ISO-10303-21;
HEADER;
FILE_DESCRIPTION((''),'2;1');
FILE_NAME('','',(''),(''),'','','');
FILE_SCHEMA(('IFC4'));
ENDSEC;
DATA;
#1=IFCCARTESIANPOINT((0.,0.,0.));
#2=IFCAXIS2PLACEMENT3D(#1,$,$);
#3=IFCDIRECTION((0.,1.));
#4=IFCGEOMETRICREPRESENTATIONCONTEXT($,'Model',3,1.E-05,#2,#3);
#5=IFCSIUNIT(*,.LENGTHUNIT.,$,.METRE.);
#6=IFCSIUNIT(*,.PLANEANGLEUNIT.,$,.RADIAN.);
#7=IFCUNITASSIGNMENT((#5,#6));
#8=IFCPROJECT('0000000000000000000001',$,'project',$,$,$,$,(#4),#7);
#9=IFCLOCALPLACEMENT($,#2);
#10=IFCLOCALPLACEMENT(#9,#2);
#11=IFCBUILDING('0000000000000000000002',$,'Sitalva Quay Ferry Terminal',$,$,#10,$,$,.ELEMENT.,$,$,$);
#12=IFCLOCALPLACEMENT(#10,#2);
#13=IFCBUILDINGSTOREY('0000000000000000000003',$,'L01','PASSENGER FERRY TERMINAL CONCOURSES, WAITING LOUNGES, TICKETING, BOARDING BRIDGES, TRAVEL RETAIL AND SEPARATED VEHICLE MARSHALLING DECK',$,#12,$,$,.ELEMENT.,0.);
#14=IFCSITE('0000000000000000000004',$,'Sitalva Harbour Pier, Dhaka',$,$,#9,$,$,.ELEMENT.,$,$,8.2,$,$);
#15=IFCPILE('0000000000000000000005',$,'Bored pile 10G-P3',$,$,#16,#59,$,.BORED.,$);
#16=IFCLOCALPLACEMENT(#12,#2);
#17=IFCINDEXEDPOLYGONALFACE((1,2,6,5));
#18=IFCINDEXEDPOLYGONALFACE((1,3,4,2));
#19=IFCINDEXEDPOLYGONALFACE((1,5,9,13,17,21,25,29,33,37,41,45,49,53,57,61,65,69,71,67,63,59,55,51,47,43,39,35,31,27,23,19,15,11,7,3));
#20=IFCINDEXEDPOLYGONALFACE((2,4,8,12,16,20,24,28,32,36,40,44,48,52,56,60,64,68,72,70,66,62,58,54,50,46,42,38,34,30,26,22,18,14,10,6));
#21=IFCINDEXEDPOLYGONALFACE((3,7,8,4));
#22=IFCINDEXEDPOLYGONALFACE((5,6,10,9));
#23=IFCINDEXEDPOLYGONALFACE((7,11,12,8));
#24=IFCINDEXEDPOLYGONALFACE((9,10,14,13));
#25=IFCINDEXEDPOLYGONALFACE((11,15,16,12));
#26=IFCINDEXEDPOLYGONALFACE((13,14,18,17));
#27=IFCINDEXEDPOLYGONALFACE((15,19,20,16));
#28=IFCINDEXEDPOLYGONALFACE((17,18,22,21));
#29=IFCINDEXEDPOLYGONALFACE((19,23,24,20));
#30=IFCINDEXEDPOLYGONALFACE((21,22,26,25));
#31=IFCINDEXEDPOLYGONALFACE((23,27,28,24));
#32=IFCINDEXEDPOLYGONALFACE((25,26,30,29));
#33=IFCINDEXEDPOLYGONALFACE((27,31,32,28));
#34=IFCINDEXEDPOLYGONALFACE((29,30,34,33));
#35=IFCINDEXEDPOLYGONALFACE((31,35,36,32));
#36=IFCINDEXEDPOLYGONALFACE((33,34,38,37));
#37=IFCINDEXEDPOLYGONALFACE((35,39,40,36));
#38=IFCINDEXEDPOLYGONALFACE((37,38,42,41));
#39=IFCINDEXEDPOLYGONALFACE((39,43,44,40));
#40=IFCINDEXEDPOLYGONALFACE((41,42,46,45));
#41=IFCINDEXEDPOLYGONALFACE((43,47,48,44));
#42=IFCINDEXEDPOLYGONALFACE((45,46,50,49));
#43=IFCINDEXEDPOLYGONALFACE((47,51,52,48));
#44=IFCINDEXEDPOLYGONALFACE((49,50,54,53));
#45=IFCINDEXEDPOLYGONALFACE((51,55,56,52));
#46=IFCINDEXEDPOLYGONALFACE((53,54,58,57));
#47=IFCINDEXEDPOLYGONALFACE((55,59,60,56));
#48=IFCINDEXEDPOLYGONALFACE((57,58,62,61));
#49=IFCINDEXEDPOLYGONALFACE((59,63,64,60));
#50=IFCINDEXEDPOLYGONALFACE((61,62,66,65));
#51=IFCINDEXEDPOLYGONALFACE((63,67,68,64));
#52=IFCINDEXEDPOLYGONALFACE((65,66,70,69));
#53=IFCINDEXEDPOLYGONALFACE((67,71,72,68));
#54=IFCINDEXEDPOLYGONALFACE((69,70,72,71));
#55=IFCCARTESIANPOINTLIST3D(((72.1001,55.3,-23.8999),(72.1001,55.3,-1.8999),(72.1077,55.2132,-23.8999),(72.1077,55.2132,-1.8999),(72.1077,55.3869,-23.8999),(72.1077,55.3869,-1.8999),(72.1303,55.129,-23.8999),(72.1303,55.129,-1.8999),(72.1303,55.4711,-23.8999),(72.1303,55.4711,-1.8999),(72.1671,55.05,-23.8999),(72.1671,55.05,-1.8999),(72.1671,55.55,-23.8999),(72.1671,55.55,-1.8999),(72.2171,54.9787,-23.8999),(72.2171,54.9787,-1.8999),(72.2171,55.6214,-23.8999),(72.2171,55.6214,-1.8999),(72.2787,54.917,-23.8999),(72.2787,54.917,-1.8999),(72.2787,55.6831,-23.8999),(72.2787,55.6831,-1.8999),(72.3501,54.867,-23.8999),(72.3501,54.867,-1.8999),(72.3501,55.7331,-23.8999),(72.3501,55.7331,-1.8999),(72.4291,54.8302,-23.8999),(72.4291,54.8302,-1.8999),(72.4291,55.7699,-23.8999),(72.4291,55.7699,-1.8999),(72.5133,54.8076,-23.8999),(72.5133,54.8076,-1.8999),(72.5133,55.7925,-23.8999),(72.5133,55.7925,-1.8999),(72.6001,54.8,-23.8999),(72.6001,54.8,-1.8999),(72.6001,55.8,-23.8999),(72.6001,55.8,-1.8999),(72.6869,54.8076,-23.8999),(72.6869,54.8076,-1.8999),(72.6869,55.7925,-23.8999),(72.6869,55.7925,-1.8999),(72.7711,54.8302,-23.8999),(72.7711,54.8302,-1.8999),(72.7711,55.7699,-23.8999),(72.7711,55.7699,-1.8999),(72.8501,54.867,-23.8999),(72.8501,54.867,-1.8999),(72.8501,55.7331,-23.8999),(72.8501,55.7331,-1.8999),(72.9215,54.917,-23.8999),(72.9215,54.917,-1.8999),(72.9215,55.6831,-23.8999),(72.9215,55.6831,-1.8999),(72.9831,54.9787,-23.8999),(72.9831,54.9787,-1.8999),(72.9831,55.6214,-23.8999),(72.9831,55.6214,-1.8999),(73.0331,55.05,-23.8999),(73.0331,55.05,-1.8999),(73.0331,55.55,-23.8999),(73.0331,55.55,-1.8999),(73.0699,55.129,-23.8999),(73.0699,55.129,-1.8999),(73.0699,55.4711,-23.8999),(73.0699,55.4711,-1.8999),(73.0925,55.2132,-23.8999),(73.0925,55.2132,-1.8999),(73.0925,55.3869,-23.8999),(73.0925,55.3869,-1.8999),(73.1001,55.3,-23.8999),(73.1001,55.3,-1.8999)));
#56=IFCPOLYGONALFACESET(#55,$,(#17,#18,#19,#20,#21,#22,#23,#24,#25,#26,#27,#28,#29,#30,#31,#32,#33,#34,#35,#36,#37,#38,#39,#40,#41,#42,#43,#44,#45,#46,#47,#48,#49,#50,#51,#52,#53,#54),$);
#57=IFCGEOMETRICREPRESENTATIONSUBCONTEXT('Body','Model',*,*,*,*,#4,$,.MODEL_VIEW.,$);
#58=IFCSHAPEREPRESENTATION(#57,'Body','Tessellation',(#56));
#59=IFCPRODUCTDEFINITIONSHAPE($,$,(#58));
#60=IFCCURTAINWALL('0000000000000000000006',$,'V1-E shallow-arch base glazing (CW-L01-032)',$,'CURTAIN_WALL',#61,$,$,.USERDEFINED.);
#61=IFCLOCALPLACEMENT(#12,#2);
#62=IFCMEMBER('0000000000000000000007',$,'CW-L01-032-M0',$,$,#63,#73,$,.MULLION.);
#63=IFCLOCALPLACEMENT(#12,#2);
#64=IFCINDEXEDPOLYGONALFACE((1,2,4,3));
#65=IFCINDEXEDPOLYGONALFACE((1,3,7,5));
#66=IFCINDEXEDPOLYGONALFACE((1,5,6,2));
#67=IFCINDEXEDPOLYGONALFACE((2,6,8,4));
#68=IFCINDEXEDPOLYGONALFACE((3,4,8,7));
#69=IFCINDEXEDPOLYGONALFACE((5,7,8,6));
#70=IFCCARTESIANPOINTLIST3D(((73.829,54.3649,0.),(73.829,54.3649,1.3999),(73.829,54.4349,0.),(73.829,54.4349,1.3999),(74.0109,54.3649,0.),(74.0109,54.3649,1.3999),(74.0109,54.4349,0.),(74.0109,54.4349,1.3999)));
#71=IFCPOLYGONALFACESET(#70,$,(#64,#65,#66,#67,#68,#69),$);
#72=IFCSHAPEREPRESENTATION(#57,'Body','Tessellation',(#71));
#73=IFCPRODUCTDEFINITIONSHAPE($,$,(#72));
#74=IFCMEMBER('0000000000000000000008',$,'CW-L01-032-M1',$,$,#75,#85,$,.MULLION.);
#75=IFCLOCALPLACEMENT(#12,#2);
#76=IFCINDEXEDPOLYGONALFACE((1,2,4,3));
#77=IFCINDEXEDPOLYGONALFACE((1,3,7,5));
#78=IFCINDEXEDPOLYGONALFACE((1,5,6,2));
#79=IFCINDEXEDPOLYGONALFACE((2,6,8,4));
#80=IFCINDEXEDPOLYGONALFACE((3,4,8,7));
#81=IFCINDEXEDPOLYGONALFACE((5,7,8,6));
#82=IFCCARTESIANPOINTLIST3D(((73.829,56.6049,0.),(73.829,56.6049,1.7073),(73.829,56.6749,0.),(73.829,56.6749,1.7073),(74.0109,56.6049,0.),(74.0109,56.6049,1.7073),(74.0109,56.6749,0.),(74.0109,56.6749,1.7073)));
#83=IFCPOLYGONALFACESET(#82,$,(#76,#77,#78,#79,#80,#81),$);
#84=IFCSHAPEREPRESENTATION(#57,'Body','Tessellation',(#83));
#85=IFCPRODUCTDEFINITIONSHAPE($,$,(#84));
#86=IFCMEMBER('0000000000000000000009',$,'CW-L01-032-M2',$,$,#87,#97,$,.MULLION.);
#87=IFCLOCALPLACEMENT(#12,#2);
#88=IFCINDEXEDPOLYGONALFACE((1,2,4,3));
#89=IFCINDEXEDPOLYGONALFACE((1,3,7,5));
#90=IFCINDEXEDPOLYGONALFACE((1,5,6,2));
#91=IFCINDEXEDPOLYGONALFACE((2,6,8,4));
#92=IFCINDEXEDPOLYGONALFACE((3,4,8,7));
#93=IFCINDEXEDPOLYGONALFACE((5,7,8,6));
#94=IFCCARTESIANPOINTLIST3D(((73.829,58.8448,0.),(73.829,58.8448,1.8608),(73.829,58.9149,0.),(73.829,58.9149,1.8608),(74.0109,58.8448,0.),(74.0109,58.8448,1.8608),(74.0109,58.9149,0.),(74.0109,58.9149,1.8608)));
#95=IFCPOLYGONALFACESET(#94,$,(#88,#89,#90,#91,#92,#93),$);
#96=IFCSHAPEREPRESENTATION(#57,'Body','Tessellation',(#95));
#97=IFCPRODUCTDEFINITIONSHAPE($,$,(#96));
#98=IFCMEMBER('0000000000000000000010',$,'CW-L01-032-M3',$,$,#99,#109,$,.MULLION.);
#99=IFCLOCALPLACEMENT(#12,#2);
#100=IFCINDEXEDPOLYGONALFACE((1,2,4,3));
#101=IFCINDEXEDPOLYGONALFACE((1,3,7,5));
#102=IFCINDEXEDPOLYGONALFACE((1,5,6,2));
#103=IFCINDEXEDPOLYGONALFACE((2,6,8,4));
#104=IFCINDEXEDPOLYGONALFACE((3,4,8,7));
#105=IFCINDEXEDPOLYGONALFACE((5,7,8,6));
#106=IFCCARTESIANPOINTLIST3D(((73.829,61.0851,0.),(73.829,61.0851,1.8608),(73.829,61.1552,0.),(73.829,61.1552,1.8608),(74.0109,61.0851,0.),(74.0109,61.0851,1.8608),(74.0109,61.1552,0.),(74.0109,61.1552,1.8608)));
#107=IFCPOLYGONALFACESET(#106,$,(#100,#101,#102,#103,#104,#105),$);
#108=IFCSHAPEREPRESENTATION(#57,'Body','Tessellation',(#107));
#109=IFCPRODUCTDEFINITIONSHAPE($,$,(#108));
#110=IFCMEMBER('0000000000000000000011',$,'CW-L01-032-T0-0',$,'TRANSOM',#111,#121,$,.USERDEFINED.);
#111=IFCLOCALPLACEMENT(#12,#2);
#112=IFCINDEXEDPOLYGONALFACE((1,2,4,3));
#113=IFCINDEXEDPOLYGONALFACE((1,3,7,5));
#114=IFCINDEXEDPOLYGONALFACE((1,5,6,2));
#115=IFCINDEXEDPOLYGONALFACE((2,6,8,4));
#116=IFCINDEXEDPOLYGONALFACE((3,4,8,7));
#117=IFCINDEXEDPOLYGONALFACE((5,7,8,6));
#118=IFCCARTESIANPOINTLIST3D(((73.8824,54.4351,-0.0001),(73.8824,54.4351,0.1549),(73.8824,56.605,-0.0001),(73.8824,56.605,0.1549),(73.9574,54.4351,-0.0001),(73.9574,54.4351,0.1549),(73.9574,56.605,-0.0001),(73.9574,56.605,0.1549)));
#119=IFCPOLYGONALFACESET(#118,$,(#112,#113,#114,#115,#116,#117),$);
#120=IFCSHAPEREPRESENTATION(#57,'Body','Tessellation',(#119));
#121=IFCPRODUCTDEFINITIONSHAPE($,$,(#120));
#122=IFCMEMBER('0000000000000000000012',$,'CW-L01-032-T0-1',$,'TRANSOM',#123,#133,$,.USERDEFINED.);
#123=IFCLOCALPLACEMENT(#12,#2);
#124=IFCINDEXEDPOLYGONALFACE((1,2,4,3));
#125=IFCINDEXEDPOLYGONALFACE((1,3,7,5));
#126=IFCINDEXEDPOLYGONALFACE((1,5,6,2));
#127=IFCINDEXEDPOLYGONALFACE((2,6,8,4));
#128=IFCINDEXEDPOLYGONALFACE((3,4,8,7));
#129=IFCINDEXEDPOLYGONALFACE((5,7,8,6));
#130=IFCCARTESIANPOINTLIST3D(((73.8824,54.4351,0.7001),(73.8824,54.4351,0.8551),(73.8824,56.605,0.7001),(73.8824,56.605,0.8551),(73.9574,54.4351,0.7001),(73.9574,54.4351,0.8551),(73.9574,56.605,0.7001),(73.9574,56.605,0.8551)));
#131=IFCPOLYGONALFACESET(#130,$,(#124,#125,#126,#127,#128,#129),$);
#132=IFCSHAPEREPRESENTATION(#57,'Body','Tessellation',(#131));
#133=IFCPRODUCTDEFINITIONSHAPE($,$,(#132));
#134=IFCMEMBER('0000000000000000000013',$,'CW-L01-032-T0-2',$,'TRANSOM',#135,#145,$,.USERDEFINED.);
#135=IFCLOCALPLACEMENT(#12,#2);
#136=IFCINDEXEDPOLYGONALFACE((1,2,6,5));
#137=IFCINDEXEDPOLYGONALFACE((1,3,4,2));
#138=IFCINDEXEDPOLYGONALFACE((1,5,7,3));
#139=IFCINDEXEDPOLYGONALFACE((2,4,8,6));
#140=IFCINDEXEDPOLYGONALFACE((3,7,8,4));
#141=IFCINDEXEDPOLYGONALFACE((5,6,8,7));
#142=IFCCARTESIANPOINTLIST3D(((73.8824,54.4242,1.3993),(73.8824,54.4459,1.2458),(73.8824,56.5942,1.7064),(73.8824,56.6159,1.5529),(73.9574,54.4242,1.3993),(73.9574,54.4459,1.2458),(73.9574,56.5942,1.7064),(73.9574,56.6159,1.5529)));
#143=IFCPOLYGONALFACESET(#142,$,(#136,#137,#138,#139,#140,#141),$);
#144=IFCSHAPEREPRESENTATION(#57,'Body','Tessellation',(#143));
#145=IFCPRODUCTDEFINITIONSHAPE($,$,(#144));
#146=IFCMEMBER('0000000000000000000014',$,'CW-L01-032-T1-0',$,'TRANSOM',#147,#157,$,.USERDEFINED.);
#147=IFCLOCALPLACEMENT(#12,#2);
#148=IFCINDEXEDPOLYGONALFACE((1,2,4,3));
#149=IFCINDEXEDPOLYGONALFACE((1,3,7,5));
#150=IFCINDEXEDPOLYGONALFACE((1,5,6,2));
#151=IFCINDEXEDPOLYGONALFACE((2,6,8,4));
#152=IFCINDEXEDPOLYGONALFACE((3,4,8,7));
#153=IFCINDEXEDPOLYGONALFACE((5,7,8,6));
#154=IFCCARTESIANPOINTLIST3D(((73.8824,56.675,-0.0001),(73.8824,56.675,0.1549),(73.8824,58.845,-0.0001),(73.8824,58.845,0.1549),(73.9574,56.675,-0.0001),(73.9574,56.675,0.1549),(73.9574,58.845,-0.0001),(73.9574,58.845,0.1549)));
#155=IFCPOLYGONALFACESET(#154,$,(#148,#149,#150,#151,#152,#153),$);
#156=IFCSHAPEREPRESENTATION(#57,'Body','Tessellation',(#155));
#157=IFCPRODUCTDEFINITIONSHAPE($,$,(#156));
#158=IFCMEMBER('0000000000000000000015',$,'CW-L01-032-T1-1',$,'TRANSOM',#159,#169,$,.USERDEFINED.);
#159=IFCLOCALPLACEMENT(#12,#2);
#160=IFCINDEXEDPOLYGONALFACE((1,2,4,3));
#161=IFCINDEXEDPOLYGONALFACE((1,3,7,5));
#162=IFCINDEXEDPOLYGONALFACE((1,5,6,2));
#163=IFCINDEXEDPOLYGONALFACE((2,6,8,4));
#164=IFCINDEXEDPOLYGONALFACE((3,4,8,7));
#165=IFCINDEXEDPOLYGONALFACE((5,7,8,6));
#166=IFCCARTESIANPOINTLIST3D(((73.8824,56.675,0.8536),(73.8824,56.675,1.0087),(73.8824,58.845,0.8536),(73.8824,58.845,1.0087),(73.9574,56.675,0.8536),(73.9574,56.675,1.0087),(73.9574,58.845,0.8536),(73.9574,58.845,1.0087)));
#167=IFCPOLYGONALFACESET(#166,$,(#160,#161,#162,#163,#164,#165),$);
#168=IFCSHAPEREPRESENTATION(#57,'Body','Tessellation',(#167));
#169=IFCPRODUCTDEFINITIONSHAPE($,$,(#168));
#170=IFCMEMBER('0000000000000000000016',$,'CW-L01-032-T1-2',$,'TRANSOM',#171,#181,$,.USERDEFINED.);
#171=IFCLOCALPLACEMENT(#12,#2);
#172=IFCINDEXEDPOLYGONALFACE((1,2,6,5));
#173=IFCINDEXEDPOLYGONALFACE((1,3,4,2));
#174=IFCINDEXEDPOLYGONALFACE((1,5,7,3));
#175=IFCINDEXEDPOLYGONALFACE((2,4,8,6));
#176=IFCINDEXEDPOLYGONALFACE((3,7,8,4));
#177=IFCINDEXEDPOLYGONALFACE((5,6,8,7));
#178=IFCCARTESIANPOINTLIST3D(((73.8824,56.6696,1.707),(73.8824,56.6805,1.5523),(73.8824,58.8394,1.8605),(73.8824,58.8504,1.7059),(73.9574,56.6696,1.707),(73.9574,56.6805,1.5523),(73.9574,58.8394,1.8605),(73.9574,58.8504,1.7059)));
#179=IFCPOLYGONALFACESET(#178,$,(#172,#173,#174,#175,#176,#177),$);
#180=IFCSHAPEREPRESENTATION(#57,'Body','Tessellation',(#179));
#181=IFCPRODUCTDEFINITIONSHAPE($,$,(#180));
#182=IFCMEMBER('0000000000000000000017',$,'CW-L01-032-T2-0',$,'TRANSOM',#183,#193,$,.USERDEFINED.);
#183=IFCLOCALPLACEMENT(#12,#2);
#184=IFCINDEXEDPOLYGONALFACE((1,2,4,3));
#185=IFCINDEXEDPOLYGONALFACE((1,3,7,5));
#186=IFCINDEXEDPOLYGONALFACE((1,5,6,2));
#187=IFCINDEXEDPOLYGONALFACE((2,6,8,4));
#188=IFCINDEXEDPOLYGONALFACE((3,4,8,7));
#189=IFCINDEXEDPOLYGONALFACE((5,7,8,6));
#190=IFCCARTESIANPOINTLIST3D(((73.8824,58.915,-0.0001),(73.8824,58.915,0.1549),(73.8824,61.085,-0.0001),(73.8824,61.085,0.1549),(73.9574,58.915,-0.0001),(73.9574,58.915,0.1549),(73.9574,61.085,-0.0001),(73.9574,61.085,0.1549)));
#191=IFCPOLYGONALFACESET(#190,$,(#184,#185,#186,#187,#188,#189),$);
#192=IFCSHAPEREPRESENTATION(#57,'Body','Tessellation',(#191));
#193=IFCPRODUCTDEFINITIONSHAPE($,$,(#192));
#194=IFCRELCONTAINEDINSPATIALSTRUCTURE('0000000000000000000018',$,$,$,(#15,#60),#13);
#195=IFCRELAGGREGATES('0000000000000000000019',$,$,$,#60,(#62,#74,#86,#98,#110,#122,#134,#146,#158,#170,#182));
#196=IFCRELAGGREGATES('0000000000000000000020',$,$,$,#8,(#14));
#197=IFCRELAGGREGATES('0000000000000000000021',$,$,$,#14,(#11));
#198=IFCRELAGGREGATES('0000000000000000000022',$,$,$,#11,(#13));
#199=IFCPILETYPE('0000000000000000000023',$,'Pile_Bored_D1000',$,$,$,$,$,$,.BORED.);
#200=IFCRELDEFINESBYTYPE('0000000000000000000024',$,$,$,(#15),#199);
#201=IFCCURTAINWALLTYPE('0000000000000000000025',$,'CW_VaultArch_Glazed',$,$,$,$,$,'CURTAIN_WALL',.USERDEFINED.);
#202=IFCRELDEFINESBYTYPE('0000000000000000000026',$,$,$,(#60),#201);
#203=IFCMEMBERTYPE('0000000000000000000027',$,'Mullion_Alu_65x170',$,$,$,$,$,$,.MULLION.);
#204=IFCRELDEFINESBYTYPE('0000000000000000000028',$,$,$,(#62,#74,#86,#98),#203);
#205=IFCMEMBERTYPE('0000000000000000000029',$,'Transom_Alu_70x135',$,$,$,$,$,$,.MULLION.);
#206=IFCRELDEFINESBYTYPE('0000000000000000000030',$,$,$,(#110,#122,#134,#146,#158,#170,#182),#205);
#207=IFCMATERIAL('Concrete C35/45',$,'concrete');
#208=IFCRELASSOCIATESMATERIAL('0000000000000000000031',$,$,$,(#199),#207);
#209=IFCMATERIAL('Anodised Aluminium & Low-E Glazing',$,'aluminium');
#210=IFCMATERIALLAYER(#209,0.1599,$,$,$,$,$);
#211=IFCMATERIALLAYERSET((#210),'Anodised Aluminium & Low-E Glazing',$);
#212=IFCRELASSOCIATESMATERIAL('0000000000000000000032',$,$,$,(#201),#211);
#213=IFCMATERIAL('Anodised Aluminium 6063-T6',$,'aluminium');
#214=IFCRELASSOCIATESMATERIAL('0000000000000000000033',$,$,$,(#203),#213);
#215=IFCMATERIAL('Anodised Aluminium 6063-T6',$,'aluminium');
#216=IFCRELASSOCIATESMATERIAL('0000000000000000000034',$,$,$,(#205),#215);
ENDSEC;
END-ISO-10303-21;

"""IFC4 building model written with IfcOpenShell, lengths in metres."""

from ifc_helpers import new_model, si_unit, direction, frame, origin, origin_2d, place, context, subcontext, project, spatial, rectangle, circle, extrude, material, layer, layer_set, material_profile, profile_set, type_object, element, aggregate, save


model = new_model("IFC4")

# Units and contexts
model_context = context("Model", 3, precision=1e-05, world=origin(), true_north=direction((0.0, 1.0)))
body_context = subcontext(model_context, "Body", "Model", "MODEL_VIEW")
ifc_project = project(units=[si_unit("LENGTHUNIT", "METRE"), si_unit("PLANEANGLEUNIT", "RADIAN")], contexts=[model_context])

# Site, building, storey
site_placement = place(None, origin())
site = spatial("IfcSite", under=ifc_project, at=site_placement, Name="Sitalva Harbour Pier, Dhaka", CompositionType="ELEMENT", RefElevation=8.2)
building_placement = place(site_placement, origin())
building = spatial("IfcBuilding", under=site, at=building_placement, Name="Sitalva Quay Ferry Terminal", CompositionType="ELEMENT")
storey_placement = place(building_placement, origin())
storey = spatial("IfcBuildingStorey", under=building, at=storey_placement, Name="L01", Description="PASSENGER FERRY TERMINAL CONCOURSES, WAITING LOUNGES, TICKETING, BOARDING BRIDGES, TRAVEL RETAIL AND SEPARATED VEHICLE MARSHALLING DECK", CompositionType="ELEMENT", Elevation=0.0)

# Pile
ifc_material_1 = material(Name="Concrete C35/45", Category="concrete")
ifc_material_profile_1 = material_profile(ifc_material_1, circle(Radius=0.5, at=origin_2d()), Name="PILE-D1000")
ifc_profile_set_1 = profile_set([ifc_material_profile_1], Name="Concrete C35/45")
pile_type = type_object("IfcPileType", Name="Pile_Bored_D1000", PredefinedType="BORED", material=ifc_profile_set_1)
pile_placement = place(storey_placement, frame((72.6001, 55.3, -1.8999), z_axis=(0.0, 0.0, -1.0), x_axis=(1.0, 0.0, 0.0)))
element("IfcPile", 1, at=pile_placement, inside=storey, type_object=pile_type, Name="Bored pile 10G-P3", PredefinedType="BORED", context=body_context, shape_type="SweptSolid", body=[
    extrude(circle(Radius=0.5, at=origin_2d()), origin(), (0.0, 0.0, 1.0), 22.0),
])

# Curtain wall, members
ifc_material_2 = material(Name="Anodised Aluminium & Low-E Glazing", Category="aluminium")
ifc_layer_1 = layer(ifc_material_2, 0.1599)
ifc_layer_set_1 = layer_set([ifc_layer_1], Name="Anodised Aluminium & Low-E Glazing")
curtain_wall_type = type_object("IfcCurtainWallType", Name="CW_VaultArch_Glazed", ElementType="CURTAIN_WALL", PredefinedType="USERDEFINED", material=ifc_layer_set_1)
curtain_wall_placement = place(storey_placement, origin())
curtain_wall = element("IfcCurtainWall", 2, at=curtain_wall_placement, inside=storey, type_object=curtain_wall_type, Name="V1-E shallow-arch base glazing (CW-L01-032)", ObjectType="CURTAIN_WALL", PredefinedType="USERDEFINED")
ifc_material_3 = material(Name="Anodised Aluminium 6063-T6", Category="aluminium")
ifc_material_profile_2 = material_profile(ifc_material_3, rectangle(XDim=0.0701, YDim=0.1819, at=origin_2d()), Name="ALU70x182")
ifc_profile_set_2 = profile_set([ifc_material_profile_2], Name="Anodised Aluminium 6063-T6")
member_type_1 = type_object("IfcMemberType", Name="Mullion_Alu_65x170", PredefinedType="MULLION", material=ifc_profile_set_2)
member_1_placement = place(storey_placement, frame((73.9199, 54.3999, 0.0), z_axis=(0.0, 0.0, 1.0), x_axis=(0.0, 1.0, 0.0)))
member_1 = element("IfcMember", 3, at=member_1_placement, type_object=member_type_1, Name="CW-L01-032-M0", PredefinedType="MULLION", context=body_context, shape_type="SweptSolid", body=[
    extrude(rectangle(XDim=0.0701, YDim=0.1819, at=origin_2d()), origin(), (0.0, 0.0, 1.0), 1.3999),
])
member_2_placement = place(storey_placement, frame((73.9199, 56.6399, 0.0), z_axis=(0.0, 0.0, 1.0), x_axis=(0.0, 1.0, 0.0)))
member_2 = element("IfcMember", 4, at=member_2_placement, type_object=member_type_1, Name="CW-L01-032-M1", PredefinedType="MULLION", context=body_context, shape_type="SweptSolid", body=[
    extrude(rectangle(XDim=0.0701, YDim=0.1819, at=origin_2d()), origin(), (0.0, 0.0, 1.0), 1.7073),
])
member_3_placement = place(storey_placement, frame((73.9199, 58.8799, 0.0), z_axis=(0.0, 0.0, 1.0), x_axis=(0.0, 1.0, 0.0)))
member_3 = element("IfcMember", 5, at=member_3_placement, type_object=member_type_1, Name="CW-L01-032-M2", PredefinedType="MULLION", context=body_context, shape_type="SweptSolid", body=[
    extrude(rectangle(XDim=0.0701, YDim=0.1819, at=origin_2d()), origin(), (0.0, 0.0, 1.0), 1.8608),
])
member_4_placement = place(storey_placement, frame((73.9199, 61.1201, 0.0), z_axis=(0.0, 0.0, 1.0), x_axis=(0.0, 1.0, 0.0)))
member_4 = element("IfcMember", 6, at=member_4_placement, type_object=member_type_1, Name="CW-L01-032-M3", PredefinedType="MULLION", context=body_context, shape_type="SweptSolid", body=[
    extrude(rectangle(XDim=0.0701, YDim=0.1819, at=origin_2d()), origin(), (0.0, 0.0, 1.0), 1.8608),
])
ifc_material_4 = material(Name="Anodised Aluminium 6063-T6", Category="aluminium")
ifc_material_profile_3 = material_profile(ifc_material_4, rectangle(XDim=0.075, YDim=0.155, at=origin_2d()), Name="ALU75x155")
ifc_profile_set_3 = profile_set([ifc_material_profile_3], Name="Anodised Aluminium 6063-T6")
member_type_2 = type_object("IfcMemberType", Name="Transom_Alu_70x135", PredefinedType="MULLION", material=ifc_profile_set_3)
member_5_placement = place(storey_placement, frame((73.9199, 54.4351, 0.0774), z_axis=(0.0, 1.0, 0.0), x_axis=(-1.0, 0.0, 0.0)))
member_5 = element("IfcMember", 7, at=member_5_placement, type_object=member_type_2, Name="CW-L01-032-T0-0", ObjectType="TRANSOM", PredefinedType="USERDEFINED", context=body_context, shape_type="SweptSolid", body=[
    extrude(rectangle(XDim=0.075, YDim=0.155, at=origin_2d()), origin(), (0.0, 0.0, 1.0), 2.1699),
])
member_6_placement = place(storey_placement, frame((73.9199, 54.4351, 0.7776), z_axis=(0.0, 1.0, 0.0), x_axis=(-1.0, 0.0, 0.0)))
member_6 = element("IfcMember", 8, at=member_6_placement, type_object=member_type_2, Name="CW-L01-032-T0-1", ObjectType="TRANSOM", PredefinedType="USERDEFINED", context=body_context, shape_type="SweptSolid", body=[
    extrude(rectangle(XDim=0.075, YDim=0.155, at=origin_2d()), origin(), (0.0, 0.0, 1.0), 2.1699),
])
member_7_placement = place(storey_placement, frame((73.9199, 54.4351, 1.3225), z_axis=(0.0, 0.990131, 0.140142), x_axis=(-1.0, 0.0, 0.0)))
member_7 = element("IfcMember", 9, at=member_7_placement, type_object=member_type_2, Name="CW-L01-032-T0-2", ObjectType="TRANSOM", PredefinedType="USERDEFINED", context=body_context, shape_type="SweptSolid", body=[
    extrude(rectangle(XDim=0.075, YDim=0.155, at=origin_2d()), origin(), (0.0, 0.0, 1.0), 2.1917),
])
member_8_placement = place(storey_placement, frame((73.9199, 56.675, 0.0774), z_axis=(0.0, 1.0, 0.0), x_axis=(-1.0, 0.0, 0.0)))
member_8 = element("IfcMember", 10, at=member_8_placement, type_object=member_type_2, Name="CW-L01-032-T1-0", ObjectType="TRANSOM", PredefinedType="USERDEFINED", context=body_context, shape_type="SweptSolid", body=[
    extrude(rectangle(XDim=0.075, YDim=0.155, at=origin_2d()), origin(), (0.0, 0.0, 1.0), 2.1699),
])
member_9_placement = place(storey_placement, frame((73.9199, 56.675, 0.9312), z_axis=(0.0, 1.0, 0.0), x_axis=(-1.0, 0.0, 0.0)))
member_9 = element("IfcMember", 11, at=member_9_placement, type_object=member_type_2, Name="CW-L01-032-T1-1", ObjectType="TRANSOM", PredefinedType="USERDEFINED", context=body_context, shape_type="SweptSolid", body=[
    extrude(rectangle(XDim=0.075, YDim=0.155, at=origin_2d()), origin(), (0.0, 0.0, 1.0), 2.1699),
])
member_10_placement = place(storey_placement, frame((73.9199, 56.675, 1.6296), z_axis=(0.0, 0.997505, 0.070593), x_axis=(-1.0, 0.0, 0.0)))
member_10 = element("IfcMember", 12, at=member_10_placement, type_object=member_type_2, Name="CW-L01-032-T1-2", ObjectType="TRANSOM", PredefinedType="USERDEFINED", context=body_context, shape_type="SweptSolid", body=[
    extrude(rectangle(XDim=0.075, YDim=0.155, at=origin_2d()), origin(), (0.0, 0.0, 1.0), 2.1753),
])
member_11_placement = place(storey_placement, frame((73.9199, 58.915, 0.0774), z_axis=(0.0, 1.0, 0.0), x_axis=(-1.0, 0.0, 0.0)))
member_11 = element("IfcMember", 13, at=member_11_placement, type_object=member_type_2, Name="CW-L01-032-T2-0", ObjectType="TRANSOM", PredefinedType="USERDEFINED", context=body_context, shape_type="SweptSolid", body=[
    extrude(rectangle(XDim=0.075, YDim=0.155, at=origin_2d()), origin(), (0.0, 0.0, 1.0), 2.1699),
])
aggregate(curtain_wall, [member_1, member_2, member_3, member_4, member_5, member_6, member_7, member_8, member_9, member_10, member_11])

save(model, "model.ifc")
